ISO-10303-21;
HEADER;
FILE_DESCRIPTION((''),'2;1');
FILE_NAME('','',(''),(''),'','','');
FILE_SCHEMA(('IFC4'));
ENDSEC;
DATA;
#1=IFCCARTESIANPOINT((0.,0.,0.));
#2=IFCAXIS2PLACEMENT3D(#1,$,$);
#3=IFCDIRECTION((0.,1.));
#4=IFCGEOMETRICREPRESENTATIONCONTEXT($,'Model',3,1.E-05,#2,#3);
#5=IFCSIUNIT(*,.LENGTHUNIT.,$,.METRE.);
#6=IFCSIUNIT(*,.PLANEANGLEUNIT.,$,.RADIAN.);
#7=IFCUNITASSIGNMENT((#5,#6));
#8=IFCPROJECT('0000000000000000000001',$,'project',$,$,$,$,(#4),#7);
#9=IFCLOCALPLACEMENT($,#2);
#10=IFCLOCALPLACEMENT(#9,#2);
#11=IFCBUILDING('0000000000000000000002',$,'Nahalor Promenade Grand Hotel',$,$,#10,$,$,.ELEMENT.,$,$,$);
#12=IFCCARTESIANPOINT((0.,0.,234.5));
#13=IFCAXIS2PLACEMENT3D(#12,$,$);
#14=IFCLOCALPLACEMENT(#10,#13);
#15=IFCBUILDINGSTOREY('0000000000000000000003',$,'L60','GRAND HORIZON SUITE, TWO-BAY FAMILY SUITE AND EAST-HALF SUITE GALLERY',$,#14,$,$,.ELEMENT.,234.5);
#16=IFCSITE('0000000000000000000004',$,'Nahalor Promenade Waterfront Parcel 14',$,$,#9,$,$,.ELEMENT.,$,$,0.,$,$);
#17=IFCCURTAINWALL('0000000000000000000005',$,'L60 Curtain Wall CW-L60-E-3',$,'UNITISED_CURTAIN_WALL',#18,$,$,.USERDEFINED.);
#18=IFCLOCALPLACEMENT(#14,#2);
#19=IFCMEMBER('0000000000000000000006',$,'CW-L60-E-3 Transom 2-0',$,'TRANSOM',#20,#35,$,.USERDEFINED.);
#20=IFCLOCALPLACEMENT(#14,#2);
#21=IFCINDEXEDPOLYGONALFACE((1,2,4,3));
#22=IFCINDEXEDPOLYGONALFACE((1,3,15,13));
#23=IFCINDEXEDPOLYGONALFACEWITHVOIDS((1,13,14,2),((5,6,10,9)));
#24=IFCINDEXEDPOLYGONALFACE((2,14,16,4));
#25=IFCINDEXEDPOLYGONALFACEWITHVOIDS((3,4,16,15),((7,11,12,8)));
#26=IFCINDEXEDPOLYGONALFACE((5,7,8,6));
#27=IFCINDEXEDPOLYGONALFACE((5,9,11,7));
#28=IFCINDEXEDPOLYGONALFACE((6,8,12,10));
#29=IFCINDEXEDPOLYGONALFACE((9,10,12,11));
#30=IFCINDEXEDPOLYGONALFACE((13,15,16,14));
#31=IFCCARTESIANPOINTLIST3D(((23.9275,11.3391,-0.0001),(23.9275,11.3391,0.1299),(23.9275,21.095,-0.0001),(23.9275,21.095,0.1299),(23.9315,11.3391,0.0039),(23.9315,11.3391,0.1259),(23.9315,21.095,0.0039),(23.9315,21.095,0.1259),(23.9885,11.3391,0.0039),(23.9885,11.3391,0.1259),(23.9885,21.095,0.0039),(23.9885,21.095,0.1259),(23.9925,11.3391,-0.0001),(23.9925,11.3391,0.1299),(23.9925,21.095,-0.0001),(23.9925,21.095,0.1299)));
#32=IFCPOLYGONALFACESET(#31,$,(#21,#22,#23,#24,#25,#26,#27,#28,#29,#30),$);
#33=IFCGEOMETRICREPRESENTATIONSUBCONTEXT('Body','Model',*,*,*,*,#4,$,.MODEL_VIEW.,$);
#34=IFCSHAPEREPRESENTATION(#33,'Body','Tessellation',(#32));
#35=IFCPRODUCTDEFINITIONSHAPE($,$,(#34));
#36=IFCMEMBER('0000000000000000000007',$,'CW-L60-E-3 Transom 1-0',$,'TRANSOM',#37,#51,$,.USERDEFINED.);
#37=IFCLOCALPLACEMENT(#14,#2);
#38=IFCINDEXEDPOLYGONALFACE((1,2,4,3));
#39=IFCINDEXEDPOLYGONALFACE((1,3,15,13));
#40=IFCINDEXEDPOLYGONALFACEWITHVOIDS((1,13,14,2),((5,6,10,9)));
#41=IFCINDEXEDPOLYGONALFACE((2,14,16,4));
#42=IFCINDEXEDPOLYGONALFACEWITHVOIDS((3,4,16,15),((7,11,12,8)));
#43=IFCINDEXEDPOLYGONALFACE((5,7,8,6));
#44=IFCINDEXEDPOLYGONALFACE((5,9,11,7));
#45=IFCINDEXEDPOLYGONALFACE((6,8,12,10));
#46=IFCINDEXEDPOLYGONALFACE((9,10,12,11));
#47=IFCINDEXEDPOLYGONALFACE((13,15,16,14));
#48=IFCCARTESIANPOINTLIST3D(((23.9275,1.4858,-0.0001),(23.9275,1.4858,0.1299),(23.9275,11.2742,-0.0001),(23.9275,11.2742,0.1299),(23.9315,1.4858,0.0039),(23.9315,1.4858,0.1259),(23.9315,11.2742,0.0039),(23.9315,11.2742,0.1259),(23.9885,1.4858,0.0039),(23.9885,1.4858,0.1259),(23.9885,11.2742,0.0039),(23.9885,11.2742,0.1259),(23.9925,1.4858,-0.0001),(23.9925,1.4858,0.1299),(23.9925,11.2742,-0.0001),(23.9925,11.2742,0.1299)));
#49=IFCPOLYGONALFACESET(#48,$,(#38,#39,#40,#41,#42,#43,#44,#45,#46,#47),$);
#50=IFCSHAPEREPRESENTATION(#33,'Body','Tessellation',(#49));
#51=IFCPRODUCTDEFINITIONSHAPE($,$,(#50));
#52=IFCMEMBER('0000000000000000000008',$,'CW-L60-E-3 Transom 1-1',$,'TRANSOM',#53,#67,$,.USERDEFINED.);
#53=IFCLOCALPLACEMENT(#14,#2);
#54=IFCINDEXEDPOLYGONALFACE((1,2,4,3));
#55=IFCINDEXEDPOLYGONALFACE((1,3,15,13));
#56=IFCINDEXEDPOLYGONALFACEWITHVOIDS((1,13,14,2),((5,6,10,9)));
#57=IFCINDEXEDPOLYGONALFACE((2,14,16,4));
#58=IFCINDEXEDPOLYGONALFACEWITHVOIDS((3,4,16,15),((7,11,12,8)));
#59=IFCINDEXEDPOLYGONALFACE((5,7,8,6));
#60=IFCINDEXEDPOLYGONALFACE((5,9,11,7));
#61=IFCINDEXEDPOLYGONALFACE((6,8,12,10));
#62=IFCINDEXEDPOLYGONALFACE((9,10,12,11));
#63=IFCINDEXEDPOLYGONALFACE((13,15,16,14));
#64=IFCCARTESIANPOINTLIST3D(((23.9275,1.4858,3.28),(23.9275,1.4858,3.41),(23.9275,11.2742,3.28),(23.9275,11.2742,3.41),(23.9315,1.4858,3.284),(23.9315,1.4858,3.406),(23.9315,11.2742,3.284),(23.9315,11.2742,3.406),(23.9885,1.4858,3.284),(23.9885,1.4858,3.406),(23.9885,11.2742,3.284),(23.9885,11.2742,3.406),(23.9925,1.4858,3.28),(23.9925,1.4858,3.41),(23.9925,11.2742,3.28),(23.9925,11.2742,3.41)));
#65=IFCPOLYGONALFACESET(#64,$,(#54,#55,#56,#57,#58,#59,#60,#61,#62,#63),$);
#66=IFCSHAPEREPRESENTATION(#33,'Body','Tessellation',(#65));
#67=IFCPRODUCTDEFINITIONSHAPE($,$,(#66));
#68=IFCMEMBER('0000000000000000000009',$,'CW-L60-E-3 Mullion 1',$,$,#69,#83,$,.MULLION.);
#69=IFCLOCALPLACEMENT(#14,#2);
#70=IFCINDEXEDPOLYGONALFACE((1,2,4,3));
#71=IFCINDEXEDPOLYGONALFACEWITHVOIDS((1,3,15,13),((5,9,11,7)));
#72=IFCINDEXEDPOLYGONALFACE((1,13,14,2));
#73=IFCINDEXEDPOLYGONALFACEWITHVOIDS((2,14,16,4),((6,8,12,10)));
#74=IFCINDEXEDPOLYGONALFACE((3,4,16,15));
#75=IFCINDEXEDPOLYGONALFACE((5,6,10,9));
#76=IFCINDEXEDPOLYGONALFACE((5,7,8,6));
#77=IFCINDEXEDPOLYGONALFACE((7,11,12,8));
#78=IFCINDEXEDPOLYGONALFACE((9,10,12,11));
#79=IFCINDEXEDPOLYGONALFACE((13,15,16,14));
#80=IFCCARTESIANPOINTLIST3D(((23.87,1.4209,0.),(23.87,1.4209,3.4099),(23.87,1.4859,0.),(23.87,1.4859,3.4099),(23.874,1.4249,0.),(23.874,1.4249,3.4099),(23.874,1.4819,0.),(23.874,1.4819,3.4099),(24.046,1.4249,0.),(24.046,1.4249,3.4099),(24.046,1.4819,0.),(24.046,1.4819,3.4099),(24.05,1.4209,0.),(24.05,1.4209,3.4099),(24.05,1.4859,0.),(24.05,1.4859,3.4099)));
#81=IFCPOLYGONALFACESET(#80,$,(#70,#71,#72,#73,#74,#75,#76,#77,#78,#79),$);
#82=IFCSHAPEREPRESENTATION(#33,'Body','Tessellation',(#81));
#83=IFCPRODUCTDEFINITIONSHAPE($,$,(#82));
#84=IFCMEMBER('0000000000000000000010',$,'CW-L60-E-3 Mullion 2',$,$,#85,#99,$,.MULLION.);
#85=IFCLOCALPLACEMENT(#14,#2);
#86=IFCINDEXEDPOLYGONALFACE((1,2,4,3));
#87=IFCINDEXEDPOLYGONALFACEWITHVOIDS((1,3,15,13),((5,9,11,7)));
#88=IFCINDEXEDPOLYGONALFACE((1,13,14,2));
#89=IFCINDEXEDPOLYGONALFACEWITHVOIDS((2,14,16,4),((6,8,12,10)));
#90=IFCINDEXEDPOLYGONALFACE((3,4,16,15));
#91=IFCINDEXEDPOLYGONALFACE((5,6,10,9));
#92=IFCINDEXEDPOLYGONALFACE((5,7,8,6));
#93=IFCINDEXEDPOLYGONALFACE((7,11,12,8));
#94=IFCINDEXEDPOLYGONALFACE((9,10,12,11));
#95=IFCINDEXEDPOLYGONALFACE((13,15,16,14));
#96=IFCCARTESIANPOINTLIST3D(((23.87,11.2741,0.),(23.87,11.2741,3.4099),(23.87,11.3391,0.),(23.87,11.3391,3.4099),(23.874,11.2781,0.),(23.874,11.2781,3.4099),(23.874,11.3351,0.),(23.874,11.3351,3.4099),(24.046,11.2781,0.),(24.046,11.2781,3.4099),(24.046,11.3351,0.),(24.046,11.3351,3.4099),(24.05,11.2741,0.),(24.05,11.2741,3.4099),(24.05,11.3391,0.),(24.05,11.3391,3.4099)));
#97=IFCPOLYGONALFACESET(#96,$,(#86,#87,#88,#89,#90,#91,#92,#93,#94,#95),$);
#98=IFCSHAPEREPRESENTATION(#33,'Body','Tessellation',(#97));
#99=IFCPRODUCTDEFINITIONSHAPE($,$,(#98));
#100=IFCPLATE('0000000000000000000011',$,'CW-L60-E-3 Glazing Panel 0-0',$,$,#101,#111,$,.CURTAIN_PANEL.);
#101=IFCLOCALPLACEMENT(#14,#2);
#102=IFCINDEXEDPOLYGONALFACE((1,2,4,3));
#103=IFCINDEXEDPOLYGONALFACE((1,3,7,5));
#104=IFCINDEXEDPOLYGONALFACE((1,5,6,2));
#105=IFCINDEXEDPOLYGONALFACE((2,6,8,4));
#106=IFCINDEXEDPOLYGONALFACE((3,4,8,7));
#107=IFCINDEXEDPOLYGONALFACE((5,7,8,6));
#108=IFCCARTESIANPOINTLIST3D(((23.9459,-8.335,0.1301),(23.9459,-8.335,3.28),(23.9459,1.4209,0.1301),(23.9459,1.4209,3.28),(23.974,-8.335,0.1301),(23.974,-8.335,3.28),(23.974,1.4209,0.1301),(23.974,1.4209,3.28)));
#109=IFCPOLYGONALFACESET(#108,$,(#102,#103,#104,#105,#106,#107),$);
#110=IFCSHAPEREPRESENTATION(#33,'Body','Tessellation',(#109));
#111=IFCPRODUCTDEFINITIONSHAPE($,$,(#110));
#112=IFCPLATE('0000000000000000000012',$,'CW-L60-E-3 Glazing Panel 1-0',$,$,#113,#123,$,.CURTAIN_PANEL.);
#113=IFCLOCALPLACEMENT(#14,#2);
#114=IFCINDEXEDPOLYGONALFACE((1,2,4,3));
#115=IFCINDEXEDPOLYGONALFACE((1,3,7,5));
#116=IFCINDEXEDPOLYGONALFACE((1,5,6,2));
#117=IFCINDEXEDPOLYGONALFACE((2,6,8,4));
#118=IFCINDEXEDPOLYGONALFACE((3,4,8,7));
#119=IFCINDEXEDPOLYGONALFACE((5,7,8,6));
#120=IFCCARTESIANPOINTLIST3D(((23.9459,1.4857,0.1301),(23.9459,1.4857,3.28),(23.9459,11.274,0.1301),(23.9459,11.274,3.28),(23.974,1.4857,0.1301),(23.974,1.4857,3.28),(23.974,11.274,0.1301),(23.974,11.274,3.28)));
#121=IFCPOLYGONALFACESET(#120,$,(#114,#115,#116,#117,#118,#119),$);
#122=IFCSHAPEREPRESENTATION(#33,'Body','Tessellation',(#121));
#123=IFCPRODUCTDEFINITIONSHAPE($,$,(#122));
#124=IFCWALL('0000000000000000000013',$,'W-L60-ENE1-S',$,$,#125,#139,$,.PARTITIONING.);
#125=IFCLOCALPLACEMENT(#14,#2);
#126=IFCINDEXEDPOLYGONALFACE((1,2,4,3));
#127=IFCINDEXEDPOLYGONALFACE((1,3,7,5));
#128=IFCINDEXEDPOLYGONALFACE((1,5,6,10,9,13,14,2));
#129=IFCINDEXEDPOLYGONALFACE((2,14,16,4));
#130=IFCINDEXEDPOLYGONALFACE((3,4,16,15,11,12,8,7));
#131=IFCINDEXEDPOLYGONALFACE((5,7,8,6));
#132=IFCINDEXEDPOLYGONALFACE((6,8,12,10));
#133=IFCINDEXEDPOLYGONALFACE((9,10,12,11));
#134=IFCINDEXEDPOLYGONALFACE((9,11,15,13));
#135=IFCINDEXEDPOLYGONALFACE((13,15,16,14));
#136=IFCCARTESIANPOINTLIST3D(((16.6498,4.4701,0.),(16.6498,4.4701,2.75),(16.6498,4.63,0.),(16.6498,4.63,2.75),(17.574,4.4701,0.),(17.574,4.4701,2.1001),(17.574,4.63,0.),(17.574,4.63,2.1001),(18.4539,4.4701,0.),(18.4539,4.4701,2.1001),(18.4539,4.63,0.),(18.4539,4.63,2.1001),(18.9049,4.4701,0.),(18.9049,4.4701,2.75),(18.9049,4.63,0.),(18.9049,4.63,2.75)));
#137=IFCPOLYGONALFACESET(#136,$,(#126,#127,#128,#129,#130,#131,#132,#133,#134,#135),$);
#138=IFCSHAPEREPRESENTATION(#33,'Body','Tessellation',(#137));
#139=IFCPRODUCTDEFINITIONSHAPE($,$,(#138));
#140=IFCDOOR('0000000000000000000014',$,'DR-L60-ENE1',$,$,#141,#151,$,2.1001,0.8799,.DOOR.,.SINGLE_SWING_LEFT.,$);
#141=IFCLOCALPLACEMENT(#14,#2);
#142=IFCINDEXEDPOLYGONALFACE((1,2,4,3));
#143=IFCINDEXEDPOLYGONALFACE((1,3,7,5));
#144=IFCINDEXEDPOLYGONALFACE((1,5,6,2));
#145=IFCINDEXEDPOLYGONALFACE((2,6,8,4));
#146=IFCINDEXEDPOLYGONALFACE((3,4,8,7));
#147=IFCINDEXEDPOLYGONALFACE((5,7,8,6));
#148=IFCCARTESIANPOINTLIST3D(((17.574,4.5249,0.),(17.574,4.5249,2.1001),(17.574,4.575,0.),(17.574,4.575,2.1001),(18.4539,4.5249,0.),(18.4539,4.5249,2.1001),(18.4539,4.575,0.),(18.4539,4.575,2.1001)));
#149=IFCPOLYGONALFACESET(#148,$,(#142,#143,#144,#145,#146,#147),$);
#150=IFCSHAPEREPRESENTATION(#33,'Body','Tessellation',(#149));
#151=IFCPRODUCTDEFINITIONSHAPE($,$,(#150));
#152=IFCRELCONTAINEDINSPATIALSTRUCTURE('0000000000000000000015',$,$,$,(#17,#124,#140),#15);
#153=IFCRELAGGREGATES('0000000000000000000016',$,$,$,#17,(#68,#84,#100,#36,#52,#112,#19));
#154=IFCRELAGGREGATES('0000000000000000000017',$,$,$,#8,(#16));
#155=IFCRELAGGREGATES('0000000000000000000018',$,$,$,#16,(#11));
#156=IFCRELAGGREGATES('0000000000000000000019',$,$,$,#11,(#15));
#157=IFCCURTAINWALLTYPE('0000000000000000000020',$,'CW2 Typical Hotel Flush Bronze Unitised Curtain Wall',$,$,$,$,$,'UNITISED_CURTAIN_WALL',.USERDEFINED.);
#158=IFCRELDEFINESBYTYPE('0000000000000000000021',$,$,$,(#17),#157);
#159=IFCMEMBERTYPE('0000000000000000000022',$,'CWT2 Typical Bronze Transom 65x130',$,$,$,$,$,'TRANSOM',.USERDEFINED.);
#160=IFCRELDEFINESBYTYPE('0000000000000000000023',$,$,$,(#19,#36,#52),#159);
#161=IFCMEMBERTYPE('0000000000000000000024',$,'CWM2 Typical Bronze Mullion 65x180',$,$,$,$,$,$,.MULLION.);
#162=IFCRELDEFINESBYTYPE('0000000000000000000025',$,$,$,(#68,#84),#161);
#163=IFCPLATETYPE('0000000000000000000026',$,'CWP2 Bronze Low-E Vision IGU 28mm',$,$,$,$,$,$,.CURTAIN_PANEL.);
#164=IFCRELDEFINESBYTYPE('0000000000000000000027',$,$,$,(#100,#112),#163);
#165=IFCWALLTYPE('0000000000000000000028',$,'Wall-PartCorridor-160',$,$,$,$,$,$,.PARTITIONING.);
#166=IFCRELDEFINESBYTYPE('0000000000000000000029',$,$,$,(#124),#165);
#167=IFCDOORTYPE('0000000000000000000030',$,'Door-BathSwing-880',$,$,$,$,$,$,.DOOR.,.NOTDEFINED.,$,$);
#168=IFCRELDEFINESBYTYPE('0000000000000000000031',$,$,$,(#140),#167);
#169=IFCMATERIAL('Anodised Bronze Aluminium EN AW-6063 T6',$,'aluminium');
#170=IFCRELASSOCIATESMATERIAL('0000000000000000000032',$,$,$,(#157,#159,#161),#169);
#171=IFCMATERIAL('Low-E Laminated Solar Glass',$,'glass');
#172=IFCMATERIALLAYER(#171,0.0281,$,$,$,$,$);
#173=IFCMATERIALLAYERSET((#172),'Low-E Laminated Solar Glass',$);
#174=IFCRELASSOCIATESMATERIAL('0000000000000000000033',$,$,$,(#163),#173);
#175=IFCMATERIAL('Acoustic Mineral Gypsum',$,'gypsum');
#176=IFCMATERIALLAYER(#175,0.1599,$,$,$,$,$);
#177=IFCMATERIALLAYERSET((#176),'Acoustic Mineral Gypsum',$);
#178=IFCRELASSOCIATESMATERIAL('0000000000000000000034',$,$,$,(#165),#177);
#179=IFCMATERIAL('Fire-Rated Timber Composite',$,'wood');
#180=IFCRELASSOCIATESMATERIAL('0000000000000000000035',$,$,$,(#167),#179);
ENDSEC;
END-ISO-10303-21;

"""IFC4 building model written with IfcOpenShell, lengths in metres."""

from ifc_helpers import new_model, si_unit, direction, frame, frame_2d, origin, origin_2d, place, context, subcontext, project, spatial, rectangle, hollow_rectangle, extrude, source, transform, mapped, material, layer, layer_set, material_profile, profile_set, type_object, element, fill, aggregate, save


model = new_model("IFC4")

# Units and contexts
model_context = context("Model", 3, precision=1e-05, world=origin(), true_north=direction((0.0, 1.0)))
body_context = subcontext(model_context, "Body", "Model", "MODEL_VIEW")
ifc_project = project(units=[si_unit("LENGTHUNIT", "METRE"), si_unit("PLANEANGLEUNIT", "RADIAN")], contexts=[model_context])

# Site, building, storey
site_placement = place(None, origin())
site = spatial("IfcSite", under=ifc_project, at=site_placement, Name="Nahalor Promenade Waterfront Parcel 14", CompositionType="ELEMENT", RefElevation=0.0)
building_placement = place(site_placement, origin())
building = spatial("IfcBuilding", under=site, at=building_placement, Name="Nahalor Promenade Grand Hotel", CompositionType="ELEMENT")
storey_placement = place(building_placement, frame((0.0, 0.0, 234.5)))
storey = spatial("IfcBuildingStorey", under=building, at=storey_placement, Name="L60", Description="GRAND HORIZON SUITE, TWO-BAY FAMILY SUITE AND EAST-HALF SUITE GALLERY", CompositionType="ELEMENT", Elevation=234.5)

# Curtain wall, members, plates
ifc_material_1 = material(Name="Anodised Bronze Aluminium EN AW-6063 T6", Category="aluminium")
curtain_wall_type = type_object("IfcCurtainWallType", Name="CW2 Typical Hotel Flush Bronze Unitised Curtain Wall", ElementType="UNITISED_CURTAIN_WALL", PredefinedType="USERDEFINED", material=ifc_material_1)
curtain_wall_placement = place(storey_placement, origin())
curtain_wall = element("IfcCurtainWall", 1, at=curtain_wall_placement, inside=storey, type_object=curtain_wall_type, Name="L60 Curtain Wall CW-L60-E-3", ObjectType="UNITISED_CURTAIN_WALL", PredefinedType="USERDEFINED")
ifc_material_profile_1 = material_profile(ifc_material_1, hollow_rectangle(XDim=0.065, YDim=0.13, WallThickness=0.004, at=origin_2d()), Name="CWT 65x130x4")
ifc_profile_set_1 = profile_set([ifc_material_profile_1], Name="Anodised Bronze Aluminium EN AW-6063 T6")
member_type_1 = type_object("IfcMemberType", Name="CWT2 Typical Bronze Transom 65x130", ElementType="TRANSOM", PredefinedType="USERDEFINED", material=ifc_profile_set_1)
shared_shape_1 = source(origin(), body_context, "Body", "SweptSolid", [
    extrude(hollow_rectangle(XDim=0.065, YDim=0.13, WallThickness=0.004, at=origin_2d()), origin(), (0.0, 0.0, 1.0), 9.7559),
])
member_1_placement = place(storey_placement, frame((23.96, 11.3391, 0.0649), z_axis=(0.0, 1.0, 0.0), x_axis=(-1.0, 0.0, 0.0)))
member_1 = element("IfcMember", 2, at=member_1_placement, type_object=member_type_1, Name="CW-L60-E-3 Transom 2-0", ObjectType="TRANSOM", PredefinedType="USERDEFINED", context=body_context, shape_type="MappedRepresentation", body=[
    mapped(shared_shape_1, transform((0.0, 0.0, 0.0), scale=1.0)),
])
shared_shape_2 = source(origin(), body_context, "Body", "SweptSolid", [
    extrude(hollow_rectangle(XDim=0.065, YDim=0.13, WallThickness=0.004, at=origin_2d()), origin(), (0.0, 0.0, 1.0), 9.7883),
])
member_2_placement = place(storey_placement, frame((23.96, 1.4858, 0.0649), z_axis=(0.0, 1.0, 0.0), x_axis=(-1.0, 0.0, 0.0)))
member_2 = element("IfcMember", 3, at=member_2_placement, type_object=member_type_1, Name="CW-L60-E-3 Transom 1-0", ObjectType="TRANSOM", PredefinedType="USERDEFINED", context=body_context, shape_type="MappedRepresentation", body=[
    mapped(shared_shape_2, transform((0.0, 0.0, 0.0), scale=1.0)),
])
member_3_placement = place(storey_placement, frame((23.96, 1.4858, 3.345), z_axis=(0.0, 1.0, 0.0), x_axis=(-1.0, 0.0, 0.0)))
member_3 = element("IfcMember", 4, at=member_3_placement, type_object=member_type_1, Name="CW-L60-E-3 Transom 1-1", ObjectType="TRANSOM", PredefinedType="USERDEFINED", context=body_context, shape_type="MappedRepresentation", body=[
    mapped(shared_shape_2, transform((0.0, 0.0, 0.0), scale=1.0)),
])
ifc_material_profile_2 = material_profile(ifc_material_1, hollow_rectangle(XDim=0.065, YDim=0.18, WallThickness=0.004, at=origin_2d()), Name="CWM 65x180x4")
ifc_profile_set_2 = profile_set([ifc_material_profile_2], Name="Anodised Bronze Aluminium EN AW-6063 T6")
member_type_2 = type_object("IfcMemberType", Name="CWM2 Typical Bronze Mullion 65x180", PredefinedType="MULLION", material=ifc_profile_set_2)
shared_shape_3 = source(origin(), body_context, "Body", "SweptSolid", [
    extrude(hollow_rectangle(XDim=0.065, YDim=0.18, WallThickness=0.004, at=origin_2d()), origin(), (0.0, 0.0, 1.0), 3.4099),
])
member_4_placement = place(storey_placement, frame((23.96, 1.4534, 0.0), z_axis=(0.0, 0.0, 1.0), x_axis=(0.0, 1.0, 0.0)))
member_4 = element("IfcMember", 5, at=member_4_placement, type_object=member_type_2, Name="CW-L60-E-3 Mullion 1", PredefinedType="MULLION", context=body_context, shape_type="MappedRepresentation", body=[
    mapped(shared_shape_3, transform((0.0, 0.0, 0.0), scale=1.0)),
])
member_5_placement = place(storey_placement, frame((23.96, 11.3066, 0.0), z_axis=(0.0, 0.0, 1.0), x_axis=(0.0, 1.0, 0.0)))
member_5 = element("IfcMember", 6, at=member_5_placement, type_object=member_type_2, Name="CW-L60-E-3 Mullion 2", PredefinedType="MULLION", context=body_context, shape_type="MappedRepresentation", body=[
    mapped(shared_shape_3, transform((0.0, 0.0, 0.0), scale=1.0)),
])
ifc_material_2 = material(Name="Low-E Laminated Solar Glass", Category="glass")
ifc_layer_1 = layer(ifc_material_2, 0.0281)
ifc_layer_set_1 = layer_set([ifc_layer_1], Name="Low-E Laminated Solar Glass")
plate_type = type_object("IfcPlateType", Name="CWP2 Bronze Low-E Vision IGU 28mm", PredefinedType="CURTAIN_PANEL", material=ifc_layer_set_1)
shared_shape_4 = source(origin(), body_context, "Body", "SweptSolid", [
    extrude(rectangle(XDim=9.7559, YDim=0.0281, at=origin_2d()), origin(), (0.0, 0.0, 1.0), 3.1499),
])
plate_1_placement = place(storey_placement, frame((23.96, -3.457, 0.1301), z_axis=(0.0, 0.0, 1.0), x_axis=(0.0, 1.0, 0.0)))
plate_1 = element("IfcPlate", 7, at=plate_1_placement, type_object=plate_type, Name="CW-L60-E-3 Glazing Panel 0-0", PredefinedType="CURTAIN_PANEL", context=body_context, shape_type="MappedRepresentation", body=[
    mapped(shared_shape_4, transform((0.0, 0.0, 0.0), scale=1.0)),
])
shared_shape_5 = source(origin(), body_context, "Body", "SweptSolid", [
    extrude(rectangle(XDim=9.7883, YDim=0.0281, at=origin_2d()), origin(), (0.0, 0.0, 1.0), 3.1499),
])
plate_2_placement = place(storey_placement, frame((23.96, 6.3799, 0.1301), z_axis=(0.0, 0.0, 1.0), x_axis=(0.0, 1.0, 0.0)))
plate_2 = element("IfcPlate", 8, at=plate_2_placement, type_object=plate_type, Name="CW-L60-E-3 Glazing Panel 1-0", PredefinedType="CURTAIN_PANEL", context=body_context, shape_type="MappedRepresentation", body=[
    mapped(shared_shape_5, transform((0.0, 0.0, 0.0), scale=1.0)),
])
aggregate(curtain_wall, [member_4, member_5, plate_1, member_2, member_3, plate_2, member_1])

# Wall, opening, door
ifc_material_3 = material(Name="Acoustic Mineral Gypsum", Category="gypsum")
ifc_layer_2 = layer(ifc_material_3, 0.1599)
ifc_layer_set_2 = layer_set([ifc_layer_2], Name="Acoustic Mineral Gypsum")
wall_type = type_object("IfcWallType", Name="Wall-PartCorridor-160", PredefinedType="PARTITIONING", material=ifc_layer_set_2)
shared_shape_6 = source(origin(), body_context, "Body", "SweptSolid", [
    extrude(rectangle(XDim=2.2551, YDim=0.1599, at=frame_2d((1.1274, 0.0))), origin(), (0.0, 0.0, 1.0), 2.75),
])
wall_1_placement = place(storey_placement, frame((16.6499, 4.55, 0.0), z_axis=(0.0, 0.0, 1.0), x_axis=(1.0, 0.0, 0.0)))
wall_1 = element("IfcWall", 9, at=wall_1_placement, inside=storey, type_object=wall_type, Name="W-L60-ENE1-S", PredefinedType="PARTITIONING", context=body_context, shape_type="MappedRepresentation", body=[
    mapped(shared_shape_6, transform((0.0, 0.0, 0.0), scale=1.0)),
])
opening_1_placement = place(wall_1_placement, frame((0.9241, 0.0, 0.0)))
opening_1 = element("IfcOpeningElement", 10, at=opening_1_placement, cuts=wall_1, PredefinedType="OPENING", context=body_context, shape_type="SweptSolid", body=[
    extrude(rectangle(XDim=0.8799, YDim=2.1001, at=frame_2d((0.4399, 1.05))), frame((0.0, 0.0898, 0.0), z_axis=(0.0, -1.0, 0.0), x_axis=(1.0, 0.0, 0.0)), (0.0, 0.0, 1.0), 0.1799),
])
ifc_material_4 = material(Name="Fire-Rated Timber Composite", Category="wood")
door_type = type_object("IfcDoorType", Name="Door-BathSwing-880", OperationType="NOTDEFINED", PredefinedType="DOOR", material=ifc_material_4)
shared_shape_7 = source(origin(), body_context, "Body", "SweptSolid", [
    extrude(rectangle(XDim=0.8799, YDim=2.1001, at=frame_2d((0.4399, 1.05))), frame((0.0, 0.0249, 0.0), z_axis=(0.0, -1.0, 0.0), x_axis=(1.0, 0.0, 0.0)), (0.0, 0.0, 1.0), 0.05),
])
door_1_placement = place(opening_1_placement, origin())
door_1 = element("IfcDoor", 11, at=door_1_placement, inside=storey, type_object=door_type, Name="DR-L60-ENE1", OperationType="SINGLE_SWING_LEFT", OverallHeight=2.1001, OverallWidth=0.8799, PredefinedType="DOOR", context=body_context, shape_type="MappedRepresentation", body=[
    mapped(shared_shape_7, transform((0.0, 0.0, 0.0), scale=1.0)),
])
fill(opening_1, door_1)

save(model, "model.ifc")
